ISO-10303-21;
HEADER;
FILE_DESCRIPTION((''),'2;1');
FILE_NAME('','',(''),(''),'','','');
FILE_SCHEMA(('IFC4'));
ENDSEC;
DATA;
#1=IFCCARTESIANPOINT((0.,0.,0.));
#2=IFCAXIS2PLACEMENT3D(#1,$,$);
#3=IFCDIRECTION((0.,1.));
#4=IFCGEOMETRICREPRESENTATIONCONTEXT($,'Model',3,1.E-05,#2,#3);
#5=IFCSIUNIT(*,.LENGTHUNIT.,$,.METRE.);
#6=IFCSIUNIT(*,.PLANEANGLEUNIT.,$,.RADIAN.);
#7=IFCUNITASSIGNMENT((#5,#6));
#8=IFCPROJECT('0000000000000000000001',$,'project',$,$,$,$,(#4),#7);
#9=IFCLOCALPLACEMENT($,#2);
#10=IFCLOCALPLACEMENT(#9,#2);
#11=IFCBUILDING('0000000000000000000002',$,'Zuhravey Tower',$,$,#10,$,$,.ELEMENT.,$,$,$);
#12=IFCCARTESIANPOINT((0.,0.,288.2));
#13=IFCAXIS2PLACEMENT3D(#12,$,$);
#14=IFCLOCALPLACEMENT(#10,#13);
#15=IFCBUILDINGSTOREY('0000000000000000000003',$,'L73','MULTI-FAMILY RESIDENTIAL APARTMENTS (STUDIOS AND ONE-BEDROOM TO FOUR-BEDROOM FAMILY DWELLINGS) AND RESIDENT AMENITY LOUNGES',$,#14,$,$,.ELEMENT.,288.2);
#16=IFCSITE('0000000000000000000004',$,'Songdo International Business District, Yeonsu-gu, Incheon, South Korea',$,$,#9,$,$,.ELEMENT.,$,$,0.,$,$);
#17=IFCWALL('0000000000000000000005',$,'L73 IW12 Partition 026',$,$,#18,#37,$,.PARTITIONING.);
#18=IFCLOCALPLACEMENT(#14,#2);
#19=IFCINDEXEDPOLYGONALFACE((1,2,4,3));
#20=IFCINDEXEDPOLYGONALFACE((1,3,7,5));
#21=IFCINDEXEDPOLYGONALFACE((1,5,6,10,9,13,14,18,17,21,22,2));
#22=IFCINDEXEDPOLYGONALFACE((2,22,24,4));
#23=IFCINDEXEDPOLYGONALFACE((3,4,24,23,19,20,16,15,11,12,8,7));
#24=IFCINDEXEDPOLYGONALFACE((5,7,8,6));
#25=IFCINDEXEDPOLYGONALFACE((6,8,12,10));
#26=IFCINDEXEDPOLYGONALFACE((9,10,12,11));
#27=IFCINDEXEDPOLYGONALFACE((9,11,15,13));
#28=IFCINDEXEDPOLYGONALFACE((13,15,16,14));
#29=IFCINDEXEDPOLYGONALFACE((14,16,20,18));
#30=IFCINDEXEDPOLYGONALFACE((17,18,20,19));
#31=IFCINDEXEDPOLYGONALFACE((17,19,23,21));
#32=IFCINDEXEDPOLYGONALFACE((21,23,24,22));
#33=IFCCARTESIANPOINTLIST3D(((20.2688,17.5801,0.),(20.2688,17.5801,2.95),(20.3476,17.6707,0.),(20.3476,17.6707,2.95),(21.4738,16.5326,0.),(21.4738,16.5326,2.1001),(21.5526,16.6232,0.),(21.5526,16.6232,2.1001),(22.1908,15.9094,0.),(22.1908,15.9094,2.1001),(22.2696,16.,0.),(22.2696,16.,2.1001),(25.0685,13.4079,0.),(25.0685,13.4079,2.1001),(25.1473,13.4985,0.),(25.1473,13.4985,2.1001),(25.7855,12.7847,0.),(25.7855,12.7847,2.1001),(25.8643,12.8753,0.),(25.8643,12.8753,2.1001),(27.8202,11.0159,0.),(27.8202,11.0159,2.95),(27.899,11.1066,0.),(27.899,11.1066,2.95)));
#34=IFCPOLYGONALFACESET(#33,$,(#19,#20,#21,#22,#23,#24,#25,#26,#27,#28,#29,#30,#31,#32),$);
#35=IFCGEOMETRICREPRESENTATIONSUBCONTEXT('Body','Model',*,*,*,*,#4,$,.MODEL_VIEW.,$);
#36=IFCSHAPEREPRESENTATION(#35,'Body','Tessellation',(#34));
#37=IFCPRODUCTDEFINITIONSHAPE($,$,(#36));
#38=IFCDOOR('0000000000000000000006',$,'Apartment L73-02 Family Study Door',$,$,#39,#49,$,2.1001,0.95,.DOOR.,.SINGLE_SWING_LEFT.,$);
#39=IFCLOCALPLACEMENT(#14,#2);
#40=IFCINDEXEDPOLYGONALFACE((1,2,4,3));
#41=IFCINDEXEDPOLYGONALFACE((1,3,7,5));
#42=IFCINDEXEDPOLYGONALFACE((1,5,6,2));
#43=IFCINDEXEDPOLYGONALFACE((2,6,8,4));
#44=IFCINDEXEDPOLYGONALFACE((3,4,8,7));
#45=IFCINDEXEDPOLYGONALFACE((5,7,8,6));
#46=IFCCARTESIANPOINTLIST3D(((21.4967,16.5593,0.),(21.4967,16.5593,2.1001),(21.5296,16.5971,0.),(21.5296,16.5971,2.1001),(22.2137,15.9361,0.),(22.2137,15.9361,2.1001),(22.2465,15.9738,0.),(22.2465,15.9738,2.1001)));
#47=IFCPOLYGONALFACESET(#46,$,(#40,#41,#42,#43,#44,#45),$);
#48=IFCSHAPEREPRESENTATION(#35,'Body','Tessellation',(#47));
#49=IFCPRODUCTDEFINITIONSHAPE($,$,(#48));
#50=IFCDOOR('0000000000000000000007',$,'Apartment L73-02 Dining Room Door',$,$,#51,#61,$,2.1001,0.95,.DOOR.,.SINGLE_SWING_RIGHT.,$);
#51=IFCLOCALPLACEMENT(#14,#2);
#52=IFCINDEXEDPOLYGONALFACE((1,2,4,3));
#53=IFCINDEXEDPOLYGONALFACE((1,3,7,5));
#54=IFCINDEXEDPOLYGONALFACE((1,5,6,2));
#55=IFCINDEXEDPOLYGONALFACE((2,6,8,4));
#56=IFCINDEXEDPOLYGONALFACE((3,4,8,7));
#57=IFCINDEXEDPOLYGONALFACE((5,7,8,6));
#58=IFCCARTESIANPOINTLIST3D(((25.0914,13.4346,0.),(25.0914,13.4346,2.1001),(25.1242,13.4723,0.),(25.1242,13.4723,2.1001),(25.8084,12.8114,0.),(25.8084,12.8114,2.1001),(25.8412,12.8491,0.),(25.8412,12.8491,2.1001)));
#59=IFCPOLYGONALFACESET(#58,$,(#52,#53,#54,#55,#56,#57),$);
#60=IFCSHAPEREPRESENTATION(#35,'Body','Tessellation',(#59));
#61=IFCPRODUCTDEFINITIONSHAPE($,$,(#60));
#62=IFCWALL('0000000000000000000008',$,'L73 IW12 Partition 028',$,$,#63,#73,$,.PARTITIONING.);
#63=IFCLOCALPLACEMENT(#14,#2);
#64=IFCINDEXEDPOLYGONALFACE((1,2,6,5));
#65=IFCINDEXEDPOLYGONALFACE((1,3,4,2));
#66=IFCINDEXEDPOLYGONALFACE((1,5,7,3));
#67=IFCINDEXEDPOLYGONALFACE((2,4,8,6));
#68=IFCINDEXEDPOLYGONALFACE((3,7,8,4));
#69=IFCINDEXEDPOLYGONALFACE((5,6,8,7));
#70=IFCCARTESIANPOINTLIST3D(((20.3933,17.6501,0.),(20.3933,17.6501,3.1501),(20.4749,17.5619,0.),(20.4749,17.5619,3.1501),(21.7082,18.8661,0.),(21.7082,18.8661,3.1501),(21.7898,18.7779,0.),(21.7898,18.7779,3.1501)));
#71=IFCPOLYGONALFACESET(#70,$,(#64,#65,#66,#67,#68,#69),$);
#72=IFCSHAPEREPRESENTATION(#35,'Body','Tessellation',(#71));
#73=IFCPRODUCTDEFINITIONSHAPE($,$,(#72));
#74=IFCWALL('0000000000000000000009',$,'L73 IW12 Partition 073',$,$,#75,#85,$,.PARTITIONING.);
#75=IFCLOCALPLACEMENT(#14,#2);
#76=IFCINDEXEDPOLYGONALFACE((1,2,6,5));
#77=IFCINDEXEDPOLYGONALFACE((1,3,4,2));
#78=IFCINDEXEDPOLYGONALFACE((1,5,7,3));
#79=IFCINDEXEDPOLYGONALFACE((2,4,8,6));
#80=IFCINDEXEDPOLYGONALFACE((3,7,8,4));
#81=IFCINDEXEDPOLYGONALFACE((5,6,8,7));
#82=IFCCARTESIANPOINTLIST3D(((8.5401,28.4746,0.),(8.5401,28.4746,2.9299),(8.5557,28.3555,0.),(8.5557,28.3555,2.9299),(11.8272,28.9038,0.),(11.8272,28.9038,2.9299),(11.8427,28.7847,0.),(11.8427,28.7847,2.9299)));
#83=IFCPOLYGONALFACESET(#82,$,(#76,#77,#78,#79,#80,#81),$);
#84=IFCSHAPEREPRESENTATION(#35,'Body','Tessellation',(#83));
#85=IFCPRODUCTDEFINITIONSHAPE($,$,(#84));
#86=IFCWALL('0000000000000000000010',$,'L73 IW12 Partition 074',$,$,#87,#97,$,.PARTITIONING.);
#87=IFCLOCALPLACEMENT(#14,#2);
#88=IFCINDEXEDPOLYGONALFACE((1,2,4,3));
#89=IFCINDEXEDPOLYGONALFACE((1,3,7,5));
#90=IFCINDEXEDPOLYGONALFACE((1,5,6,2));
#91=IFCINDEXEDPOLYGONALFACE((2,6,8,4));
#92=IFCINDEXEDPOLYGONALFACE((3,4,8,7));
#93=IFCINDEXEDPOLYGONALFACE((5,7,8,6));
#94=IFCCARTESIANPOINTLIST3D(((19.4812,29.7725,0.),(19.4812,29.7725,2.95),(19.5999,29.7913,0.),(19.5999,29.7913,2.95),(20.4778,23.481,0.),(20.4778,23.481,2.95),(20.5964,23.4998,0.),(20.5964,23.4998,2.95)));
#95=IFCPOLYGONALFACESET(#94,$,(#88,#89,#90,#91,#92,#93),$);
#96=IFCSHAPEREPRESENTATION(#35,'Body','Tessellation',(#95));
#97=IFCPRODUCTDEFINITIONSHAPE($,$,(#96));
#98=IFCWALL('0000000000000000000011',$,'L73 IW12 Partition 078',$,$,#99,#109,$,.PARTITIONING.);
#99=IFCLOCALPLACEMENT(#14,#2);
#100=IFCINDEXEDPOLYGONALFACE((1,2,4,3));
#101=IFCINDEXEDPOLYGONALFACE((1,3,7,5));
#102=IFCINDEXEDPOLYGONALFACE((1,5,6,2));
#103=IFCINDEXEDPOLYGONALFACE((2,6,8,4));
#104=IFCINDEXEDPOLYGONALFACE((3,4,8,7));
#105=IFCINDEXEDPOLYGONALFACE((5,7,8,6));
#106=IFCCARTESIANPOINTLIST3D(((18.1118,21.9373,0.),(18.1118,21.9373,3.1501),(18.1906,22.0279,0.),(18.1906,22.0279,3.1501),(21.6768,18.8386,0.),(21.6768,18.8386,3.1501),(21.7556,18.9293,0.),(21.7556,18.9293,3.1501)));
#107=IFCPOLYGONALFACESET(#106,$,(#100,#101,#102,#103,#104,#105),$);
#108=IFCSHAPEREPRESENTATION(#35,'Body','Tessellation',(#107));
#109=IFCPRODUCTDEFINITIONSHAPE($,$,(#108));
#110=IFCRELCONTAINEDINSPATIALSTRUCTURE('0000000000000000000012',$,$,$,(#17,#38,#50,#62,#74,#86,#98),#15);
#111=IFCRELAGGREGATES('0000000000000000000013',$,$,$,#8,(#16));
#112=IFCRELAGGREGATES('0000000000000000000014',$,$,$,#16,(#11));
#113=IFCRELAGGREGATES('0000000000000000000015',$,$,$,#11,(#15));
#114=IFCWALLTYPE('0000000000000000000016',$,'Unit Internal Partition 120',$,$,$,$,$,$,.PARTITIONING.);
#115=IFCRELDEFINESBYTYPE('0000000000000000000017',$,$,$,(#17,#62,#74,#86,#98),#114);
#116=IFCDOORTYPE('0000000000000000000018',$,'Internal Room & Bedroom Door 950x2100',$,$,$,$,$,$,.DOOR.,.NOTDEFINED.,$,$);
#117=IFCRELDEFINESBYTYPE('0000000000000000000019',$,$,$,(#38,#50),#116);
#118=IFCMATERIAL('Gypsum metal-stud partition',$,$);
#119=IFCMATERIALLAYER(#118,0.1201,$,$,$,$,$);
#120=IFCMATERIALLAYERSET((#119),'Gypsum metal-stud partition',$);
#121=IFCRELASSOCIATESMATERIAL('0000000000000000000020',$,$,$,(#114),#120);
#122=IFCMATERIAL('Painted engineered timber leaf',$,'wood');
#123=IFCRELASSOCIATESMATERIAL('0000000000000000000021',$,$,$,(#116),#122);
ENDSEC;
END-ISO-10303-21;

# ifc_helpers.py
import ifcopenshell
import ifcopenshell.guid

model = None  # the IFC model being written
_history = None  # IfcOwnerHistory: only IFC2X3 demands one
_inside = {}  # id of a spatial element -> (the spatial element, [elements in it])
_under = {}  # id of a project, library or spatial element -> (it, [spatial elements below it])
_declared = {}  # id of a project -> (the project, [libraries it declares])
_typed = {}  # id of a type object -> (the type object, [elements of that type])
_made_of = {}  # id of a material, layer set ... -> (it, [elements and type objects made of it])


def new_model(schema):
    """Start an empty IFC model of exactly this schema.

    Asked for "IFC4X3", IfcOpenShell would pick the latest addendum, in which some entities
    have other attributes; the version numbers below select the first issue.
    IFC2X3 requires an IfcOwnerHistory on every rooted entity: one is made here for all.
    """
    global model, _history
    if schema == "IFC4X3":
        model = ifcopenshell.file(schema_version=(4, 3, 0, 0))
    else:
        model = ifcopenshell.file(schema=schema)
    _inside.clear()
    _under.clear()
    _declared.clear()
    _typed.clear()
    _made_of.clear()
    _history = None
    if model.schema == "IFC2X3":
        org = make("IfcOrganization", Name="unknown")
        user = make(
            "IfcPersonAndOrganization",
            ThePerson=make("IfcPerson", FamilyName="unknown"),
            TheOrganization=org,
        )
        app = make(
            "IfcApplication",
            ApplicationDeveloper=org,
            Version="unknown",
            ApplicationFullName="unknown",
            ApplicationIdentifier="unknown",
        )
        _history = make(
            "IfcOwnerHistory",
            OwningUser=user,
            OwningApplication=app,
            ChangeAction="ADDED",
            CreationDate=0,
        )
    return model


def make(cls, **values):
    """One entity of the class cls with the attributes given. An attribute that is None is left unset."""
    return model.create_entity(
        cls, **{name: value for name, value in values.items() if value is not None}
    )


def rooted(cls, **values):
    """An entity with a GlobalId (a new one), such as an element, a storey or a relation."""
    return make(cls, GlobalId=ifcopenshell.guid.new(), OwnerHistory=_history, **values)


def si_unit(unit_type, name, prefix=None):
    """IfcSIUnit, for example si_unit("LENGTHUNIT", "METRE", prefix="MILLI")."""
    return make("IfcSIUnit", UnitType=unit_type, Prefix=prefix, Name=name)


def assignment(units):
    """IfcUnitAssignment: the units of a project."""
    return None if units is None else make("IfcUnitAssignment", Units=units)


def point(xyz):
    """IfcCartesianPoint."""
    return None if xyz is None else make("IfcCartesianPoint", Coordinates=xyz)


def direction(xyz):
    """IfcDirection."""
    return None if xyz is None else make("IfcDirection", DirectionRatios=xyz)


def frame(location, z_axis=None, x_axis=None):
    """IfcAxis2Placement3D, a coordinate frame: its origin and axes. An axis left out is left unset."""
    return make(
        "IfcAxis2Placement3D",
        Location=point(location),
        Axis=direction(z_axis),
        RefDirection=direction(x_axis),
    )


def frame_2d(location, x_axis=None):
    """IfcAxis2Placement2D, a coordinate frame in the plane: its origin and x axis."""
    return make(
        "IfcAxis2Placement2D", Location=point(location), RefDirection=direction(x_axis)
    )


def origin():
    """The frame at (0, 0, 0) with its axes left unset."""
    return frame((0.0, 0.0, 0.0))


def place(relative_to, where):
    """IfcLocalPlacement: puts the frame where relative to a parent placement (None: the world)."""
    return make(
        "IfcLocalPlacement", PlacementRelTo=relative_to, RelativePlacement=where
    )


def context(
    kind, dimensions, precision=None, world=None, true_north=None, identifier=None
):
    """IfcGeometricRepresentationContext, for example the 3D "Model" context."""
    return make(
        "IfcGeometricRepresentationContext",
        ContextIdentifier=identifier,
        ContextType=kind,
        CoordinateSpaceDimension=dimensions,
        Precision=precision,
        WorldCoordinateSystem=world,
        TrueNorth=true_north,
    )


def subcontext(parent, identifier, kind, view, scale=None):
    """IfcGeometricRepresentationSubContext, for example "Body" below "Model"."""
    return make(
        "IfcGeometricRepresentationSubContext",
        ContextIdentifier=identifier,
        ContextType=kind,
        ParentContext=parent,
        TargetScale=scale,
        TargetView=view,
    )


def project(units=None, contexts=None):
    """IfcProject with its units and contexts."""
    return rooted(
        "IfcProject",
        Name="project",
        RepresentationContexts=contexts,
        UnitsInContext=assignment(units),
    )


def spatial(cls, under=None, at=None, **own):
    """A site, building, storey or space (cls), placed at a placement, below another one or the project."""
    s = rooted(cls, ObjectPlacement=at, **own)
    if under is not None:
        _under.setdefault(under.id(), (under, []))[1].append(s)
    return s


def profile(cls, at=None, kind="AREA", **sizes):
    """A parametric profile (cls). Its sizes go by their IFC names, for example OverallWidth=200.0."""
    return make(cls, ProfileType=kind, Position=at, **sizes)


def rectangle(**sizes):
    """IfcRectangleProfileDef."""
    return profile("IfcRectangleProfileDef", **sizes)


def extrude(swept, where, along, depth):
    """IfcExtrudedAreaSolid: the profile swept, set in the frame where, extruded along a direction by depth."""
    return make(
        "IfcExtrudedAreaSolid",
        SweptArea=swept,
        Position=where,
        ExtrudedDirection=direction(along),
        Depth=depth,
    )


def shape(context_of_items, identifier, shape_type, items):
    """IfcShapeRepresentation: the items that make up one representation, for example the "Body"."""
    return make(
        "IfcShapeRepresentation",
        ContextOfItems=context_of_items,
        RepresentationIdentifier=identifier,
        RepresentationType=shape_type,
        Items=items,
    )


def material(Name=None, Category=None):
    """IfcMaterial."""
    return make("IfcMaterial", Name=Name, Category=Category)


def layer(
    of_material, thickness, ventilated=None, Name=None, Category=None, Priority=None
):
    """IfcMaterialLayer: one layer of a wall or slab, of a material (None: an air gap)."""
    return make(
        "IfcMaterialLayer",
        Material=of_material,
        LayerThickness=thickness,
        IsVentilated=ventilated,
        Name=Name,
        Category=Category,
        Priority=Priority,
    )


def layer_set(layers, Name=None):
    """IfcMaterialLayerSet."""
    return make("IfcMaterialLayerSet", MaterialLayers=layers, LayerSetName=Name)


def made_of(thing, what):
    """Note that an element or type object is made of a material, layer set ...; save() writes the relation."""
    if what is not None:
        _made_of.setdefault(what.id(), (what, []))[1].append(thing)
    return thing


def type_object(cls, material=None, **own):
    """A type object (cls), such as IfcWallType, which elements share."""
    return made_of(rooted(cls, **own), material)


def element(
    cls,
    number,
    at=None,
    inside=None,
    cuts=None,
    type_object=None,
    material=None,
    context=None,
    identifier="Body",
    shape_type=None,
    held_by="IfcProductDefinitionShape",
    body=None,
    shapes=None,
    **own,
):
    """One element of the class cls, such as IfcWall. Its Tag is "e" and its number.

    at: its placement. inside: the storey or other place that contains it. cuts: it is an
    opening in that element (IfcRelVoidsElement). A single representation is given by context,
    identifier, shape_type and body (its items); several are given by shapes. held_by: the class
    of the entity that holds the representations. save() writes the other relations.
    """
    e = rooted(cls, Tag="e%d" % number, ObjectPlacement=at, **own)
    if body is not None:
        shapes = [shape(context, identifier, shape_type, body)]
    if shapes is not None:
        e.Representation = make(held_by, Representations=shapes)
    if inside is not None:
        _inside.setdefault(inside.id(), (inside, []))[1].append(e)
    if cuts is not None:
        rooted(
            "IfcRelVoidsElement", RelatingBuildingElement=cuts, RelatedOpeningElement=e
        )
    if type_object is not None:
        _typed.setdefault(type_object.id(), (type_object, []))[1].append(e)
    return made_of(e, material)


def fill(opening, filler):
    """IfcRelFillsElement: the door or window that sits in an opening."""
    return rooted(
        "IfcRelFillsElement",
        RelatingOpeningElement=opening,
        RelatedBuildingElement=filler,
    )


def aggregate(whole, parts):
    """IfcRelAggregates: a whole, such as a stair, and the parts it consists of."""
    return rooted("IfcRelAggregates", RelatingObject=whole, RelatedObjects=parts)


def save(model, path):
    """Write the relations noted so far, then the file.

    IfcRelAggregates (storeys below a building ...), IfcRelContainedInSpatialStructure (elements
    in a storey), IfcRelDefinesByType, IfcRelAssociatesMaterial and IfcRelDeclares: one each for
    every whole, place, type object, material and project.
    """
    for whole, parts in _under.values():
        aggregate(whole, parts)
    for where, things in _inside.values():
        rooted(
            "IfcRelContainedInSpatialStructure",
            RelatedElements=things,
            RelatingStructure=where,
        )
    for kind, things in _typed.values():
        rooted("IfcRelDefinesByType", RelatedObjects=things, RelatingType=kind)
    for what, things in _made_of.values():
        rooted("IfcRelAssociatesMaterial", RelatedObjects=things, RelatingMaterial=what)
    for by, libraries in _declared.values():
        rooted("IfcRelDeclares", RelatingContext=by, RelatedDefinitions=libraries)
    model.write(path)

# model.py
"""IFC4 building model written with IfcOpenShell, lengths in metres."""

from ifc_helpers import new_model, si_unit, direction, frame, frame_2d, origin, place, context, subcontext, project, spatial, rectangle, extrude, material, layer, layer_set, type_object, element, fill, save


model = new_model("IFC4")

# Units and contexts
model_context = context("Model", 3, precision=1e-05, world=origin(), true_north=direction((0.0, 1.0)))
body_context = subcontext(model_context, "Body", "Model", "MODEL_VIEW")
ifc_project = project(units=[si_unit("LENGTHUNIT", "METRE"), si_unit("PLANEANGLEUNIT", "RADIAN")], contexts=[model_context])

# Site, building, storey
site_placement = place(None, origin())
site = spatial("IfcSite", under=ifc_project, at=site_placement, Name="Songdo International Business District, Yeonsu-gu, Incheon, South Korea", CompositionType="ELEMENT", RefElevation=0.0)
building_placement = place(site_placement, origin())
building = spatial("IfcBuilding", under=site, at=building_placement, Name="Zuhravey Tower", CompositionType="ELEMENT")
storey_placement = place(building_placement, frame((0.0, 0.0, 288.2)))
storey = spatial("IfcBuildingStorey", under=building, at=storey_placement, Name="L73", Description="MULTI-FAMILY RESIDENTIAL APARTMENTS (STUDIOS AND ONE-BEDROOM TO FOUR-BEDROOM FAMILY DWELLINGS) AND RESIDENT AMENITY LOUNGES", CompositionType="ELEMENT", Elevation=288.2)

# Shared definitions
ifc_material_1 = material(Name="Gypsum metal-stud partition")
ifc_layer_1 = layer(ifc_material_1, 0.1201)
ifc_layer_set_1 = layer_set([ifc_layer_1], Name="Gypsum metal-stud partition")
wall_type = type_object("IfcWallType", Name="Unit Internal Partition 120", PredefinedType="PARTITIONING", material=ifc_layer_set_1)
ifc_material_2 = material(Name="Painted engineered timber leaf", Category="wood")
door_type_1 = type_object("IfcDoorType", Name="Internal Room & Bedroom Door 950x2100", OperationType="NOTDEFINED", PredefinedType="DOOR", material=ifc_material_2)

# Wall, openings, doors
wall_1_placement = place(storey_placement, frame((20.3081, 17.6255, 0.0), z_axis=(0.0, 0.0, 1.0), x_axis=(0.754721, -0.656046, 0.0)))
wall_1 = element("IfcWall", 1, at=wall_1_placement, inside=storey, type_object=wall_type, Name="L73 IW12 Partition 026", PredefinedType="PARTITIONING", context=body_context, shape_type="SweptSolid", body=[
    extrude(rectangle(XDim=10.0056, YDim=0.1201, at=frame_2d((5.0029, 0.0))), origin(), (0.0, 0.0, 1.0), 2.95),
])
opening_1_placement = place(wall_1_placement, frame((1.5967, 0.0, 0.0)))
opening_1 = element("IfcOpeningElement", 2, at=opening_1_placement, cuts=wall_1, PredefinedType="OPENING", context=body_context, shape_type="SweptSolid", body=[
    extrude(rectangle(XDim=0.95, YDim=2.1001, at=frame_2d((0.4751, 1.05))), frame((0.0, 0.072, 0.0), z_axis=(0.0, -1.0, 0.0), x_axis=(1.0, 0.0, 0.0)), (0.0, 0.0, 1.0), 0.144),
])
opening_2_placement = place(wall_1_placement, frame((6.3596, 0.0, 0.0)))
opening_2 = element("IfcOpeningElement", 3, at=opening_2_placement, cuts=wall_1, PredefinedType="OPENING", context=body_context, shape_type="SweptSolid", body=[
    extrude(rectangle(XDim=0.95, YDim=2.1001, at=frame_2d((0.4751, 1.05))), frame((0.0, 0.072, 0.0), z_axis=(0.0, -1.0, 0.0), x_axis=(1.0, 0.0, 0.0)), (0.0, 0.0, 1.0), 0.144),
])
door_1_placement = place(opening_1_placement, frame((0.95, 0.0, 0.0), z_axis=(0.0, 0.0, 1.0), x_axis=(-1.0, 0.0, 0.0)))
door_1 = element("IfcDoor", 4, at=door_1_placement, inside=storey, type_object=door_type_1, Name="Apartment L73-02 Family Study Door", OperationType="SINGLE_SWING_LEFT", OverallHeight=2.1001, OverallWidth=0.95, PredefinedType="DOOR", context=body_context, shape_type="SweptSolid", body=[
    extrude(rectangle(XDim=0.95, YDim=2.1001, at=frame_2d((0.4751, 1.05))), frame((0.0, 0.0249, 0.0), z_axis=(0.0, -1.0, 0.0), x_axis=(1.0, 0.0, 0.0)), (0.0, 0.0, 1.0), 0.05),
])
fill(opening_1, door_1)
door_2_placement = place(opening_2_placement, frame((0.95, 0.0, 0.0), z_axis=(0.0, 0.0, 1.0), x_axis=(-1.0, 0.0, 0.0)))
door_2 = element("IfcDoor", 5, at=door_2_placement, inside=storey, type_object=door_type_1, Name="Apartment L73-02 Dining Room Door", OperationType="SINGLE_SWING_RIGHT", OverallHeight=2.1001, OverallWidth=0.95, PredefinedType="DOOR", context=body_context, shape_type="SweptSolid", body=[
    extrude(rectangle(XDim=0.95, YDim=2.1001, at=frame_2d((0.4751, 1.05))), frame((0.0, 0.0249, 0.0), z_axis=(0.0, -1.0, 0.0), x_axis=(1.0, 0.0, 0.0)), (0.0, 0.0, 1.0), 0.05),
])
fill(opening_2, door_2)

# Walls
wall_2_placement = place(storey_placement, frame((21.749, 18.822, 0.0), z_axis=(0.0, 0.0, 1.0), x_axis=(-0.734171, -0.678965, 0.0)))
element("IfcWall", 6, at=wall_2_placement, inside=storey, type_object=wall_type, Name="L73 IW12 Partition 028", PredefinedType="PARTITIONING", context=body_context, shape_type="SweptSolid", body=[
    extrude(rectangle(XDim=1.791, YDim=0.1201, at=frame_2d((0.8955, 0.0))), origin(), (0.0, 0.0, 1.0), 3.1501),
])
wall_3_placement = place(storey_placement, frame((11.835, 28.8442, 0.0), z_axis=(0.0, 0.0, 1.0), x_axis=(-0.991583, -0.129471, 0.0)))
element("IfcWall", 7, at=wall_3_placement, inside=storey, type_object=wall_type, Name="L73 IW12 Partition 073", PredefinedType="PARTITIONING", context=body_context, shape_type="SweptSolid", body=[
    extrude(rectangle(XDim=3.3149, YDim=0.1201, at=frame_2d((1.6575, 0.0))), origin(), (0.0, 0.0, 1.0), 2.9299),
])
wall_4_placement = place(storey_placement, frame((19.5405, 29.782, 0.0), z_axis=(0.0, 0.0, 1.0), x_axis=(0.156451, -0.987686, 0.0)))
element("IfcWall", 8, at=wall_4_placement, inside=storey, type_object=wall_type, Name="L73 IW12 Partition 074", PredefinedType="PARTITIONING", context=body_context, shape_type="SweptSolid", body=[
    extrude(rectangle(XDim=6.3699, YDim=0.1201, at=frame_2d((3.1851, 0.0))), origin(), (0.0, 0.0, 1.0), 2.95),
])
wall_5_placement = place(storey_placement, frame((18.1511, 21.9827, 0.0), z_axis=(0.0, 0.0, 1.0), x_axis=(0.754743, -0.65602, 0.0)))
element("IfcWall", 9, at=wall_5_placement, inside=storey, type_object=wall_type, Name="L73 IW12 Partition 078", PredefinedType="PARTITIONING", context=body_context, shape_type="SweptSolid", body=[
    extrude(rectangle(XDim=4.7234, YDim=0.1201, at=frame_2d((2.3618, 0.0))), origin(), (0.0, 0.0, 1.0), 3.1501),
])

save(model, "model.ifc")
